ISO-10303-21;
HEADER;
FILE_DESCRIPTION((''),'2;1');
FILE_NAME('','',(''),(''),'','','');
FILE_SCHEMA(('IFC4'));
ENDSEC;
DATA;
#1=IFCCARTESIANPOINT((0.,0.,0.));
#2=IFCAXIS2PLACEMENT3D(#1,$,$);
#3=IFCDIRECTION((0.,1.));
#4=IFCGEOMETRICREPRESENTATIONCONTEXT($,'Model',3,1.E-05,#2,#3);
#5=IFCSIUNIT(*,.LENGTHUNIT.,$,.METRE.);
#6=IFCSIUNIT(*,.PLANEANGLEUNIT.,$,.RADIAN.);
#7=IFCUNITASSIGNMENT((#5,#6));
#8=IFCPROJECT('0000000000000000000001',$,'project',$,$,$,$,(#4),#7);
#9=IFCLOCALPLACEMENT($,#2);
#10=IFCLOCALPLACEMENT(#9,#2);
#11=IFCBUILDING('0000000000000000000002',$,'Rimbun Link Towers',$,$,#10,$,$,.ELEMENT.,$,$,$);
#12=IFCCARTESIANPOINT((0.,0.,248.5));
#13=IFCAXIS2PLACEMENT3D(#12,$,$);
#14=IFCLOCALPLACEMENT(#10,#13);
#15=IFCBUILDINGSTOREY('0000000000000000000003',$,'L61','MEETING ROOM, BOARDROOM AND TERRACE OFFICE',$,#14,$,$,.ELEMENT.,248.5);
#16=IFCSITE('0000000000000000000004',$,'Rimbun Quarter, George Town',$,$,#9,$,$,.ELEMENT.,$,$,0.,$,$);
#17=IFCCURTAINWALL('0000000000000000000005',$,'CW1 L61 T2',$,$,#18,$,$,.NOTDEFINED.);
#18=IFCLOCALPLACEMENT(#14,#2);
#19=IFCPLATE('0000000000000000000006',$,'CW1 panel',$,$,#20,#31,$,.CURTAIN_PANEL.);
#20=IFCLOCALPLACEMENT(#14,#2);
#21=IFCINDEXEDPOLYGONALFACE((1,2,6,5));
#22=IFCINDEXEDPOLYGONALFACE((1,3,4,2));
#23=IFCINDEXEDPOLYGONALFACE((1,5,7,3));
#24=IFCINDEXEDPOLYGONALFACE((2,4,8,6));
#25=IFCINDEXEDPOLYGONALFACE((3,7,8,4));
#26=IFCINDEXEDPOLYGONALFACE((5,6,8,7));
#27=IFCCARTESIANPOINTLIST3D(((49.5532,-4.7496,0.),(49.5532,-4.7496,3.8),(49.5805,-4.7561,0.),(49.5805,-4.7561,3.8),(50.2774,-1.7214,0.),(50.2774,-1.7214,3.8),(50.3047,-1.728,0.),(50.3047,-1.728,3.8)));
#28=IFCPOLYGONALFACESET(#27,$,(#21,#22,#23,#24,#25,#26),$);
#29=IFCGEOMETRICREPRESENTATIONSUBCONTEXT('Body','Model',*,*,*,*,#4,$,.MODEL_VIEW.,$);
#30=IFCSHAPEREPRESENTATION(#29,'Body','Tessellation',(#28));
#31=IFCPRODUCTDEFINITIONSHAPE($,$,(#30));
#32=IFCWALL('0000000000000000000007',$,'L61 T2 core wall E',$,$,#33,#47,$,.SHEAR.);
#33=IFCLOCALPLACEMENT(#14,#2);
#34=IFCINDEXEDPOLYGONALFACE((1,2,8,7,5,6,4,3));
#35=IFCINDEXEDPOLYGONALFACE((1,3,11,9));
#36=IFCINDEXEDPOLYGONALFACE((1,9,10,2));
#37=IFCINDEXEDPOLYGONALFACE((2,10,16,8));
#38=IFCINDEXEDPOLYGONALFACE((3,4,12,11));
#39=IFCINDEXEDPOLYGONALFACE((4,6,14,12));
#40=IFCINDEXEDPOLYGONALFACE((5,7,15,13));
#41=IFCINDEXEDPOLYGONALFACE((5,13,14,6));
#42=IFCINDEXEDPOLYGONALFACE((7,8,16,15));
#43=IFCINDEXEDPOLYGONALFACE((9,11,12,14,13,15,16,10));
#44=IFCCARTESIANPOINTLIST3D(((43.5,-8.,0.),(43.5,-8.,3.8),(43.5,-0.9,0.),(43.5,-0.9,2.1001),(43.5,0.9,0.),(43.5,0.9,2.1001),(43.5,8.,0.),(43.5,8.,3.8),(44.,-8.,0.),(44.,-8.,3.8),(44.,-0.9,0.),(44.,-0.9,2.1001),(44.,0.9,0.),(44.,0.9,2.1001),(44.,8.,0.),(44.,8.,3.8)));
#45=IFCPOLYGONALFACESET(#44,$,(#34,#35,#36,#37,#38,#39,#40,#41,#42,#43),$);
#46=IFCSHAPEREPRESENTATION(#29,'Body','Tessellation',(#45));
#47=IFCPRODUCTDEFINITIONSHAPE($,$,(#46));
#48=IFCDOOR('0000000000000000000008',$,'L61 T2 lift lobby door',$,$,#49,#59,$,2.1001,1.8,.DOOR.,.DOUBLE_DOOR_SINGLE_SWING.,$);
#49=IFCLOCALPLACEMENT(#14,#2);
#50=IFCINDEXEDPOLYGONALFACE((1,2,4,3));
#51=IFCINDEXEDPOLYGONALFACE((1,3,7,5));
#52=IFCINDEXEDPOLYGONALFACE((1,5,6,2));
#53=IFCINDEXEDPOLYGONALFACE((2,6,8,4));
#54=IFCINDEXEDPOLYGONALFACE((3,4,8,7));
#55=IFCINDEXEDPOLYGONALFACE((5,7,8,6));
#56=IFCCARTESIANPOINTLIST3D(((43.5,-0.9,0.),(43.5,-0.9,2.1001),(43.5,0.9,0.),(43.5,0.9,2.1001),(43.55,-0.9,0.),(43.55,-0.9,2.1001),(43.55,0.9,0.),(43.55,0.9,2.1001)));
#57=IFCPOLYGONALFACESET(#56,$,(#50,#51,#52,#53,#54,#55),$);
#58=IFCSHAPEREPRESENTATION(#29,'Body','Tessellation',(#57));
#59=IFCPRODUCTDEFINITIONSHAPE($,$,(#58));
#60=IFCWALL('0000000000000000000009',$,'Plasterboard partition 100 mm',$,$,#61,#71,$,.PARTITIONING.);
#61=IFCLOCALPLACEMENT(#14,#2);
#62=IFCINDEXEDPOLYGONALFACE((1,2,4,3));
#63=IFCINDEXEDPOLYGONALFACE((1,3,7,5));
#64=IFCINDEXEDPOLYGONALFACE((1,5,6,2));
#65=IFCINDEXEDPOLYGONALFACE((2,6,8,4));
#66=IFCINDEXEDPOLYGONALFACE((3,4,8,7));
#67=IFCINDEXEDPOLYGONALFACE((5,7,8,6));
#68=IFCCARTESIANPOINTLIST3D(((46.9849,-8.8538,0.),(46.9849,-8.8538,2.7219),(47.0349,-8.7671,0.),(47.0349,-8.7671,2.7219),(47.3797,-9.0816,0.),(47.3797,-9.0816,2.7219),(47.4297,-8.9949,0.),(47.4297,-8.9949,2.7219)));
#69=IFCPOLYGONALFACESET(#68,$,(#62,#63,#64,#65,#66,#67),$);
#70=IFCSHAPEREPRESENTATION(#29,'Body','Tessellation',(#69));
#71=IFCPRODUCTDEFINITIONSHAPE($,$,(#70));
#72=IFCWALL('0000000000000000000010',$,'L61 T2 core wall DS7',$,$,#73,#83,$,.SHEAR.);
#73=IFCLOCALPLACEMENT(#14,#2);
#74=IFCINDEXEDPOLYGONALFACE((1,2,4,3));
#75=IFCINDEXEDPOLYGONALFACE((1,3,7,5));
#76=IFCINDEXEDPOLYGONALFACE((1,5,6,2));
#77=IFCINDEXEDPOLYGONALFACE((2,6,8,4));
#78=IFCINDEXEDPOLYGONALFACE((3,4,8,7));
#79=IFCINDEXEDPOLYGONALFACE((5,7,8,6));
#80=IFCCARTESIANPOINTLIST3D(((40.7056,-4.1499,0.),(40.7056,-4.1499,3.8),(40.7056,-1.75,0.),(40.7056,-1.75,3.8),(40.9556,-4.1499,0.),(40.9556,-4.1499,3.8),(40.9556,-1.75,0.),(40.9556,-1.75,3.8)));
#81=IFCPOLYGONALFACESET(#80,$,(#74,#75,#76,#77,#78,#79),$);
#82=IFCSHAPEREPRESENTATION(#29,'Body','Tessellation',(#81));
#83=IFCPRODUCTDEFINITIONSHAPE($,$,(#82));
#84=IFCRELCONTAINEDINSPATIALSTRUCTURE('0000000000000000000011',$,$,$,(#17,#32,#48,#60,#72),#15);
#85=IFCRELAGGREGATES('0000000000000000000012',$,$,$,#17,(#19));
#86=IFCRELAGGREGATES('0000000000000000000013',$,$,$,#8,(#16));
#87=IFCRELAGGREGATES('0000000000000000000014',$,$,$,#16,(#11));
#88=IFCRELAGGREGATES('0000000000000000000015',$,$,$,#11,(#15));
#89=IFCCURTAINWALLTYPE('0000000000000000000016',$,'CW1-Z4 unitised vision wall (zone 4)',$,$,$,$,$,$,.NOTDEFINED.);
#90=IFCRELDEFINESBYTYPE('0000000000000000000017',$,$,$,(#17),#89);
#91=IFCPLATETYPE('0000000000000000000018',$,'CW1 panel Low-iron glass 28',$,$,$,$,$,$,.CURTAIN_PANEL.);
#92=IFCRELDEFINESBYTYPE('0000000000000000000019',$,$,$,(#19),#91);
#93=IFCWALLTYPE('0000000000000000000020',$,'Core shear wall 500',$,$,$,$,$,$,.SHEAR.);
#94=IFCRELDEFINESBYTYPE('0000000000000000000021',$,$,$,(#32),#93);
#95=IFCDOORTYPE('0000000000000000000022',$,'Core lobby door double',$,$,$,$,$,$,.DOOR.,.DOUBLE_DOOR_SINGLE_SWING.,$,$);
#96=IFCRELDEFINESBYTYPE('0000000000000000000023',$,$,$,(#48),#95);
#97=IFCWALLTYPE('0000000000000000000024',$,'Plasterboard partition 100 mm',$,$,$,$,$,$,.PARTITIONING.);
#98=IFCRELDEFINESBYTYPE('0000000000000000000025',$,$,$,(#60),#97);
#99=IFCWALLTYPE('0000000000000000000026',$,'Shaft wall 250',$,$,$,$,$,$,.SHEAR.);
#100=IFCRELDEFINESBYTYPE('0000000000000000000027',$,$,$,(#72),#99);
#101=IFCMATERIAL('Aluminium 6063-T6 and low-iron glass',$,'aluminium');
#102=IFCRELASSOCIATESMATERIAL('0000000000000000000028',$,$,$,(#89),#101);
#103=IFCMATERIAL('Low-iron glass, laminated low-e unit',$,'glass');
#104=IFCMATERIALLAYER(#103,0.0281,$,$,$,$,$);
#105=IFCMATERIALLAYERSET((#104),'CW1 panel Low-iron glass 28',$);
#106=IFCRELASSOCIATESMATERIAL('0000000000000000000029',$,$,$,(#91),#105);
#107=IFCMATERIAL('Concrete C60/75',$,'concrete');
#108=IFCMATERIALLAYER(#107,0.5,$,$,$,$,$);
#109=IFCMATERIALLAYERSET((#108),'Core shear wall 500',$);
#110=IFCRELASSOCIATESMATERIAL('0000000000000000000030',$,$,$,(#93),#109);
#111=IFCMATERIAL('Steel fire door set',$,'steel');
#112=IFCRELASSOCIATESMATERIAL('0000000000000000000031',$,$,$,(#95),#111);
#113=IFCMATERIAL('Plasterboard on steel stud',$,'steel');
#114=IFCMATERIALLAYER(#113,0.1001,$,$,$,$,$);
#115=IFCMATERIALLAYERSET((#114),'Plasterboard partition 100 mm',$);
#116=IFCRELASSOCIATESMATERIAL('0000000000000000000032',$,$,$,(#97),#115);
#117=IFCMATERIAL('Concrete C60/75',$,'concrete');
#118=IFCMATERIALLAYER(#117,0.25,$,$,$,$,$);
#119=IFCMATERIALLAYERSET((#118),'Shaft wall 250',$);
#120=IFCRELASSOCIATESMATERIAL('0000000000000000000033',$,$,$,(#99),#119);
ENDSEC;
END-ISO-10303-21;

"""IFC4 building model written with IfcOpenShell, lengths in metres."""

from ifc_helpers import new_model, si_unit, direction, frame, frame_2d, origin, origin_2d, place, context, subcontext, project, spatial, rectangle, extrude, material, layer, layer_set, type_object, element, fill, aggregate, save


model = new_model("IFC4")

# Units and contexts
model_context = context("Model", 3, precision=1e-05, world=origin(), true_north=direction((0.0, 1.0)))
body_context = subcontext(model_context, "Body", "Model", "MODEL_VIEW")
ifc_project = project(units=[si_unit("LENGTHUNIT", "METRE"), si_unit("PLANEANGLEUNIT", "RADIAN")], contexts=[model_context])

# Site, building, storey
site_placement = place(None, origin())
site = spatial("IfcSite", under=ifc_project, at=site_placement, Name="Rimbun Quarter, George Town", CompositionType="ELEMENT", RefElevation=0.0)
building_placement = place(site_placement, origin())
building = spatial("IfcBuilding", under=site, at=building_placement, Name="Rimbun Link Towers", CompositionType="ELEMENT")
storey_placement = place(building_placement, frame((0.0, 0.0, 248.5)))
storey = spatial("IfcBuildingStorey", under=building, at=storey_placement, Name="L61", Description="MEETING ROOM, BOARDROOM AND TERRACE OFFICE", CompositionType="ELEMENT", Elevation=248.5)

# Curtain wall
ifc_material_1 = material(Name="Aluminium 6063-T6 and low-iron glass", Category="aluminium")
curtain_wall_type = type_object("IfcCurtainWallType", Name="CW1-Z4 unitised vision wall (zone 4)", PredefinedType="NOTDEFINED", material=ifc_material_1)
curtain_wall_placement = place(storey_placement, origin())
curtain_wall = element("IfcCurtainWall", 1, at=curtain_wall_placement, inside=storey, type_object=curtain_wall_type, Name="CW1 L61 T2", PredefinedType="NOTDEFINED")

# Plate
ifc_material_2 = material(Name="Low-iron glass, laminated low-e unit", Category="glass")
ifc_layer_1 = layer(ifc_material_2, 0.0281)
ifc_layer_set_1 = layer_set([ifc_layer_1], Name="CW1 panel Low-iron glass 28")
plate_type = type_object("IfcPlateType", Name="CW1 panel Low-iron glass 28", PredefinedType="CURTAIN_PANEL", material=ifc_layer_set_1)
plate_1_placement = place(storey_placement, frame((49.929, -3.2388, 0.0), z_axis=(0.0, 0.0, 1.0), x_axis=(-0.232605, -0.972571, 0.0)))
plate_1 = element("IfcPlate", 2, at=plate_1_placement, type_object=plate_type, Name="CW1 panel", PredefinedType="CURTAIN_PANEL", context=body_context, shape_type="SweptSolid", body=[
    extrude(rectangle(XDim=3.1135, YDim=0.0281, at=origin_2d()), origin(), (0.0, 0.0, 1.0), 3.8),
])
aggregate(curtain_wall, [plate_1])

# Wall, opening, door
ifc_material_3 = material(Name="Concrete C60/75", Category="concrete")
ifc_layer_2 = layer(ifc_material_3, 0.5)
ifc_layer_set_2 = layer_set([ifc_layer_2], Name="Core shear wall 500")
wall_type_1 = type_object("IfcWallType", Name="Core shear wall 500", PredefinedType="SHEAR", material=ifc_layer_set_2)
wall_1_placement = place(storey_placement, frame((43.75, -8.0, 0.0), z_axis=(0.0, 0.0, 1.0), x_axis=(0.0, 1.0, 0.0)))
wall_1 = element("IfcWall", 3, at=wall_1_placement, inside=storey, type_object=wall_type_1, Name="L61 T2 core wall E", PredefinedType="SHEAR", context=body_context, shape_type="SweptSolid", body=[
    extrude(rectangle(XDim=16.0, YDim=0.5, at=frame_2d((8.0, 0.0))), origin(), (0.0, 0.0, 1.0), 3.8),
])
opening_placement = place(wall_1_placement, frame((7.1001, 0.0, 0.0)))
opening = element("IfcOpeningElement", 4, at=opening_placement, cuts=wall_1, PredefinedType="OPENING", context=body_context, shape_type="SweptSolid", body=[
    extrude(rectangle(XDim=1.8, YDim=2.1001, at=frame_2d((0.8999, 1.05))), frame((0.0, 0.26, 0.0), z_axis=(0.0, -1.0, 0.0), x_axis=(1.0, 0.0, 0.0)), (0.0, 0.0, 1.0), 0.52),
])
ifc_material_4 = material(Name="Steel fire door set", Category="steel")
door_type = type_object("IfcDoorType", Name="Core lobby door double", OperationType="DOUBLE_DOOR_SINGLE_SWING", PredefinedType="DOOR", material=ifc_material_4)
door_placement = place(opening_placement, origin())
door = element("IfcDoor", 5, at=door_placement, inside=storey, type_object=door_type, Name="L61 T2 lift lobby door", OperationType="DOUBLE_DOOR_SINGLE_SWING", OverallHeight=2.1001, OverallWidth=1.8, PredefinedType="DOOR", context=body_context, shape_type="SweptSolid", body=[
    extrude(rectangle(XDim=1.8, YDim=2.1001, at=frame_2d((0.8999, 1.05))), frame((0.0, 0.25, 0.0), z_axis=(0.0, -1.0, 0.0), x_axis=(1.0, 0.0, 0.0)), (0.0, 0.0, 1.0), 0.05),
])
fill(opening, door)

# Walls
ifc_material_5 = material(Name="Plasterboard on steel stud", Category="steel")
ifc_layer_3 = layer(ifc_material_5, 0.1001)
ifc_layer_set_3 = layer_set([ifc_layer_3], Name="Plasterboard partition 100 mm")
wall_type_2 = type_object("IfcWallType", Name="Plasterboard partition 100 mm", PredefinedType="PARTITIONING", material=ifc_layer_set_3)
wall_2_placement = place(storey_placement, frame((47.4048, -9.0383, 0.0), z_axis=(0.0, 0.0, 1.0), x_axis=(-0.866159, 0.499769, 0.0)))
element("IfcWall", 6, at=wall_2_placement, inside=storey, type_object=wall_type_2, Name="Plasterboard partition 100 mm", PredefinedType="PARTITIONING", context=body_context, shape_type="SweptSolid", body=[
    extrude(rectangle(XDim=0.4558, YDim=0.1001, at=frame_2d((0.228, 0.0))), origin(), (0.0, 0.0, 1.0), 2.7219),
])
ifc_material_6 = material(Name="Concrete C60/75", Category="concrete")
ifc_layer_4 = layer(ifc_material_6, 0.25)
ifc_layer_set_4 = layer_set([ifc_layer_4], Name="Shaft wall 250")
wall_type_3 = type_object("IfcWallType", Name="Shaft wall 250", PredefinedType="SHEAR", material=ifc_layer_set_4)
wall_3_placement = place(storey_placement, frame((40.8306, -4.1499, 0.0), z_axis=(0.0, 0.0, 1.0), x_axis=(0.0, 1.0, 0.0)))
element("IfcWall", 7, at=wall_3_placement, inside=storey, type_object=wall_type_3, Name="L61 T2 core wall DS7", PredefinedType="SHEAR", context=body_context, shape_type="SweptSolid", body=[
    extrude(rectangle(XDim=2.3999, YDim=0.25, at=frame_2d((1.2, 0.0))), origin(), (0.0, 0.0, 1.0), 3.8),
])

save(model, "model.ifc")
